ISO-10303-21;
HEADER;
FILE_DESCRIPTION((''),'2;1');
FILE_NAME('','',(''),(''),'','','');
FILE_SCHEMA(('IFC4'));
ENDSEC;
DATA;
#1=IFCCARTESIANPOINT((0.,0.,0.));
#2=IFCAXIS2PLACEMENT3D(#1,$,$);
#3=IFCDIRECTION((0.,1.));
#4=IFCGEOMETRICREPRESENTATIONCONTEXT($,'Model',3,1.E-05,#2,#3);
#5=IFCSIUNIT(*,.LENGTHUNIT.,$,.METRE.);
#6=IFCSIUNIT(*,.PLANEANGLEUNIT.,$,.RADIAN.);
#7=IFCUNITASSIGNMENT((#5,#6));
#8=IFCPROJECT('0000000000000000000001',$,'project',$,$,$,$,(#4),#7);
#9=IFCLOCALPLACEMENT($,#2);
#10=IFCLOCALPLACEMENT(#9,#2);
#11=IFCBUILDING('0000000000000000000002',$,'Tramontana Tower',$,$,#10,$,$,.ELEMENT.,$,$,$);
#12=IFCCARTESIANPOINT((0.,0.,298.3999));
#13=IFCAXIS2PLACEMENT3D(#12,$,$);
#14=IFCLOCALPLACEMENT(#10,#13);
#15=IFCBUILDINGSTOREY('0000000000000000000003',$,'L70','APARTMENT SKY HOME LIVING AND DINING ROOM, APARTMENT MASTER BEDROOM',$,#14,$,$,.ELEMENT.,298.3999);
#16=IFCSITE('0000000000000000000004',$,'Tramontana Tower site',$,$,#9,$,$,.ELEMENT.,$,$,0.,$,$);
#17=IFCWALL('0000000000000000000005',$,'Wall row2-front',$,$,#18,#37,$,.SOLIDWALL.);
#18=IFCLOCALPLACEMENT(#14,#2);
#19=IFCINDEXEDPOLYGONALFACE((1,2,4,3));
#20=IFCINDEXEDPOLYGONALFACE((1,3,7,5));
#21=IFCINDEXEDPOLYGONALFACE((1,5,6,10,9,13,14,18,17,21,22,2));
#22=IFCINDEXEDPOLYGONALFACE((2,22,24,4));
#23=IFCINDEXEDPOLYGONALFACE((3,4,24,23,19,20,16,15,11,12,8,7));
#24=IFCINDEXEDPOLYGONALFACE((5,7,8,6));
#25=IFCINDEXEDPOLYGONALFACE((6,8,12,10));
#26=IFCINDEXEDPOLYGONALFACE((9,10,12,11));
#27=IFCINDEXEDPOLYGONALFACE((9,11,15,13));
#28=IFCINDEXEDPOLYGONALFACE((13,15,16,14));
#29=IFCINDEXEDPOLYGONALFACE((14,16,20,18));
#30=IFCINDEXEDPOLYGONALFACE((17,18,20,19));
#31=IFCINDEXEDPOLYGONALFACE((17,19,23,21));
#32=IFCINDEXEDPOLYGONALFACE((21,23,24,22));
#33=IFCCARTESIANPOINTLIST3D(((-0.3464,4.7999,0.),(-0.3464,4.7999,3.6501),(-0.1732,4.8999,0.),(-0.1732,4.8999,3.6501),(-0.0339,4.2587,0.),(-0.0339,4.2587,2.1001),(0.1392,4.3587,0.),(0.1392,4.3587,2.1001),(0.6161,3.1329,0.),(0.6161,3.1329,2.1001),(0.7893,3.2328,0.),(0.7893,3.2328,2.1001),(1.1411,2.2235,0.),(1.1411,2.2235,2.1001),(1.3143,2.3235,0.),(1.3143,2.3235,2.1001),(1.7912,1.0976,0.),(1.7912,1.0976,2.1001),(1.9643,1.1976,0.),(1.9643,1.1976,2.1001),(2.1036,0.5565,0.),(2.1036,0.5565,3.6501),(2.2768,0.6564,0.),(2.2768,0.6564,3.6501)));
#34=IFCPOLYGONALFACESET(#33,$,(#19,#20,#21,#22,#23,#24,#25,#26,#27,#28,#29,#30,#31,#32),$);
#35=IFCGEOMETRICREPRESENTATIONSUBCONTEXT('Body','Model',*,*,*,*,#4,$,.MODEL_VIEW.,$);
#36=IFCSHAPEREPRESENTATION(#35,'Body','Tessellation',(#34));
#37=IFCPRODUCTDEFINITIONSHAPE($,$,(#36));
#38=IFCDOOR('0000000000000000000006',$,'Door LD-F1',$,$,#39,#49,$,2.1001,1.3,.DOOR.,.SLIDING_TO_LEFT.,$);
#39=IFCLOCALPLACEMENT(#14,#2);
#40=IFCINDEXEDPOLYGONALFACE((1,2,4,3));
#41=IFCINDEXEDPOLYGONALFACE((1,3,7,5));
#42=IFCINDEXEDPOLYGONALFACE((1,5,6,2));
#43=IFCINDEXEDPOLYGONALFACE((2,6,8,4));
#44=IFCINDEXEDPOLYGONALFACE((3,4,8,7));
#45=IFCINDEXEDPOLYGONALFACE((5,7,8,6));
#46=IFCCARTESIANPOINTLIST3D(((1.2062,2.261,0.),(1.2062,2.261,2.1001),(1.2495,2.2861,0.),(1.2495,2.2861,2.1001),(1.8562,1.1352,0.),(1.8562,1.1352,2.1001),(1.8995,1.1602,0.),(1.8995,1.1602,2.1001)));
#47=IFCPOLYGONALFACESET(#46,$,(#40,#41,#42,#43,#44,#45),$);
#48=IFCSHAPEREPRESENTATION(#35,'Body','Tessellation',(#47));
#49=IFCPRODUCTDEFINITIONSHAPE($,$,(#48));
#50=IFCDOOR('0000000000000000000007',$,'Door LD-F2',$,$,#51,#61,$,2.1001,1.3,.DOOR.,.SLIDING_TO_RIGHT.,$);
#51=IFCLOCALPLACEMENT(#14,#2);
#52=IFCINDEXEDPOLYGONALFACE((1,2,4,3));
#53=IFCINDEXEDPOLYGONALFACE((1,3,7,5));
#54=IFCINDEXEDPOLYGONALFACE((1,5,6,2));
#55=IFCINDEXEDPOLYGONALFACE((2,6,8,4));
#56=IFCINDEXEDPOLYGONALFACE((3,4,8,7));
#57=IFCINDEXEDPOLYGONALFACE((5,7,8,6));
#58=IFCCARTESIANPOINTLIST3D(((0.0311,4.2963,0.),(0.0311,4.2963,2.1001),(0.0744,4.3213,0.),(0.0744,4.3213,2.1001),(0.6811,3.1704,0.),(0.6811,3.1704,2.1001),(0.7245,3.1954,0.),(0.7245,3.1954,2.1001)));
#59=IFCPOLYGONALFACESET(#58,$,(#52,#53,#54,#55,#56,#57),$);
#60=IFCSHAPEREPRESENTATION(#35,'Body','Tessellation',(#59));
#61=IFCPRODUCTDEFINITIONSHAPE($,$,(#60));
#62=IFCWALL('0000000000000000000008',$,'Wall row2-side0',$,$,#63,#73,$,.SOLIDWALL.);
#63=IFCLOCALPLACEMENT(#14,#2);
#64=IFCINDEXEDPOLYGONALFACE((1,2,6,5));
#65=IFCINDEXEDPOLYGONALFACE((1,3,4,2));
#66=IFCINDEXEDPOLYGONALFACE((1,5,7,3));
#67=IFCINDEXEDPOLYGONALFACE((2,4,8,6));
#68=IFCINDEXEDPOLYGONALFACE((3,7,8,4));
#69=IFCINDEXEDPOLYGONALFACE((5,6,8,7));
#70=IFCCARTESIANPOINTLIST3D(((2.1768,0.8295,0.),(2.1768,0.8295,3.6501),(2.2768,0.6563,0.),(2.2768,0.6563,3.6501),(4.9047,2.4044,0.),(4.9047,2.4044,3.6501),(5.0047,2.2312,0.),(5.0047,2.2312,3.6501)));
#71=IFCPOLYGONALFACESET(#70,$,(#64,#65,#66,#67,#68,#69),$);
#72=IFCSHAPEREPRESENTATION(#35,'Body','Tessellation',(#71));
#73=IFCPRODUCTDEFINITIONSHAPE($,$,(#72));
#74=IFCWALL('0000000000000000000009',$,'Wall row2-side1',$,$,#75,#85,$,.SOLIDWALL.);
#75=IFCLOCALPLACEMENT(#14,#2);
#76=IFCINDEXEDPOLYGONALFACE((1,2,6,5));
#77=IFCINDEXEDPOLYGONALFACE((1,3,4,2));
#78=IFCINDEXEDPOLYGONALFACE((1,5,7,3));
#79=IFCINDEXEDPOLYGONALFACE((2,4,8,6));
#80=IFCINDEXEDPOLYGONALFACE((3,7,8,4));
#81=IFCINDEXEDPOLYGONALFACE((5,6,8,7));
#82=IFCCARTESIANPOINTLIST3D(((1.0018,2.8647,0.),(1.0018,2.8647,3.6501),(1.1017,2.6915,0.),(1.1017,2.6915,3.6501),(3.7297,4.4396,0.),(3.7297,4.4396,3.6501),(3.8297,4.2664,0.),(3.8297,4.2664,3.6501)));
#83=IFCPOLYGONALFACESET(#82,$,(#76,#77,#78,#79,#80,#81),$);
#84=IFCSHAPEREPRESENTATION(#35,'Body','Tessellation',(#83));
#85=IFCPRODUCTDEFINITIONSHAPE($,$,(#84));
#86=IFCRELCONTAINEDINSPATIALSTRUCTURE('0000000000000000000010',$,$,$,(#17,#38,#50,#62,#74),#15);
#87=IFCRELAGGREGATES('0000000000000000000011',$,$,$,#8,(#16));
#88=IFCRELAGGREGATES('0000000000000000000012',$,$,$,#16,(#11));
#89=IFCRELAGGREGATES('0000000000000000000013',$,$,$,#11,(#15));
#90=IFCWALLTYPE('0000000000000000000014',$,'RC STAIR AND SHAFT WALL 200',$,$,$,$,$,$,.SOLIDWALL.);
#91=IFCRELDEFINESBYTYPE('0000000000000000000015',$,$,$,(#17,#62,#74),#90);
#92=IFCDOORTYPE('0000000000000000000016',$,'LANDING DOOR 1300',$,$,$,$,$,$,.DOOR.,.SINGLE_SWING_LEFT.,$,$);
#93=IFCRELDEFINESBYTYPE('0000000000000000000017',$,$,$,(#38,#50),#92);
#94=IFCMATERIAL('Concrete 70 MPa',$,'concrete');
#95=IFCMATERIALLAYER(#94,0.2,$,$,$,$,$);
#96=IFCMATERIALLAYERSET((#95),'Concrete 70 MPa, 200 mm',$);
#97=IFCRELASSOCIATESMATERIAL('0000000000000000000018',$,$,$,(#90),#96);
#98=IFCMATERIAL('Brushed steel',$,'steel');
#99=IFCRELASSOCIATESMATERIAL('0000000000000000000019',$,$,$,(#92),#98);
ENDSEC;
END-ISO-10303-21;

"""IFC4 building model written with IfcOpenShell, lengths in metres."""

from ifc_helpers import new_model, si_unit, direction, frame, frame_2d, origin, place, context, subcontext, project, spatial, rectangle, extrude, material, layer, layer_set, type_object, element, fill, save


model = new_model("IFC4")

# Units and contexts
model_context = context("Model", 3, precision=1e-05, world=origin(), true_north=direction((0.0, 1.0)))
body_context = subcontext(model_context, "Body", "Model", "MODEL_VIEW")
ifc_project = project(units=[si_unit("LENGTHUNIT", "METRE"), si_unit("PLANEANGLEUNIT", "RADIAN")], contexts=[model_context])

# Site, building, storey
site_placement = place(None, origin())
site = spatial("IfcSite", under=ifc_project, at=site_placement, Name="Tramontana Tower site", CompositionType="ELEMENT", RefElevation=0.0)
building_placement = place(site_placement, origin())
building = spatial("IfcBuilding", under=site, at=building_placement, Name="Tramontana Tower", CompositionType="ELEMENT")
storey_placement = place(building_placement, frame((0.0, 0.0, 298.3999)))
storey = spatial("IfcBuildingStorey", under=building, at=storey_placement, Name="L70", Description="APARTMENT SKY HOME LIVING AND DINING ROOM, APARTMENT MASTER BEDROOM", CompositionType="ELEMENT", Elevation=298.3999)

# Shared definitions
ifc_material_1 = material(Name="Concrete 70 MPa", Category="concrete")
ifc_layer_1 = layer(ifc_material_1, 0.2)
ifc_layer_set_1 = layer_set([ifc_layer_1], Name="Concrete 70 MPa, 200 mm")
wall_type_1 = type_object("IfcWallType", Name="RC STAIR AND SHAFT WALL 200", PredefinedType="SOLIDWALL", material=ifc_layer_set_1)

# Wall, openings, doors
wall_1_placement = place(storey_placement, frame((2.1902, 0.6064, 0.0), z_axis=(0.0, 0.0, 1.0), x_axis=(-0.500003, 0.866024, 0.0)))
wall_1 = element("IfcWall", 1, at=wall_1_placement, inside=storey, type_object=wall_type_1, Name="Wall row2-front", PredefinedType="SOLIDWALL", context=body_context, shape_type="SweptSolid", body=[
    extrude(rectangle(XDim=4.8999, YDim=0.2, at=frame_2d((2.45, 0.0))), origin(), (0.0, 0.0, 1.0), 3.6501),
])
opening_1_placement = place(wall_1_placement, frame((0.625, 0.0, 0.0)))
opening_1 = element("IfcOpeningElement", 2, at=opening_1_placement, cuts=wall_1, PredefinedType="OPENING", context=body_context, shape_type="SweptSolid", body=[
    extrude(rectangle(XDim=1.3, YDim=2.1001, at=frame_2d((0.6499, 1.05))), frame((0.0, 0.1099, 0.0), z_axis=(0.0, -1.0, 0.0), x_axis=(1.0, 0.0, 0.0)), (0.0, 0.0, 1.0), 0.22),
])
opening_2_placement = place(wall_1_placement, frame((2.9751, 0.0, 0.0)))
opening_2 = element("IfcOpeningElement", 3, at=opening_2_placement, cuts=wall_1, PredefinedType="OPENING", context=body_context, shape_type="SweptSolid", body=[
    extrude(rectangle(XDim=1.3, YDim=2.1001, at=frame_2d((0.6499, 1.05))), frame((0.0, 0.1099, 0.0), z_axis=(0.0, -1.0, 0.0), x_axis=(1.0, 0.0, 0.0)), (0.0, 0.0, 1.0), 0.22),
])
ifc_material_2 = material(Name="Brushed steel", Category="steel")
door_type_1 = type_object("IfcDoorType", Name="LANDING DOOR 1300", OperationType="SINGLE_SWING_LEFT", PredefinedType="DOOR", material=ifc_material_2)
door_1_placement = place(opening_1_placement, origin())
door_1 = element("IfcDoor", 4, at=door_1_placement, inside=storey, type_object=door_type_1, Name="Door LD-F1", OperationType="SLIDING_TO_LEFT", OverallHeight=2.1001, OverallWidth=1.3, PredefinedType="DOOR", context=body_context, shape_type="SweptSolid", body=[
    extrude(rectangle(XDim=1.3, YDim=2.1001, at=frame_2d((0.6499, 1.05))), frame((0.0, 0.0249, 0.0), z_axis=(0.0, -1.0, 0.0), x_axis=(1.0, 0.0, 0.0)), (0.0, 0.0, 1.0), 0.05),
])
fill(opening_1, door_1)
door_2_placement = place(opening_2_placement, origin())
door_2 = element("IfcDoor", 5, at=door_2_placement, inside=storey, type_object=door_type_1, Name="Door LD-F2", OperationType="SLIDING_TO_RIGHT", OverallHeight=2.1001, OverallWidth=1.3, PredefinedType="DOOR", context=body_context, shape_type="SweptSolid", body=[
    extrude(rectangle(XDim=1.3, YDim=2.1001, at=frame_2d((0.6499, 1.05))), frame((0.0, 0.0249, 0.0), z_axis=(0.0, -1.0, 0.0), x_axis=(1.0, 0.0, 0.0)), (0.0, 0.0, 1.0), 0.05),
])
fill(opening_2, door_2)

# Walls
for number, where, z_axis, x_axis, name in (
    (6, (2.2268, 0.7429, 0.0), (0.0, 0.0, 1.0), (0.866036, 0.499982, 0.0), "Wall row2-side0"),
    (7, (1.0518, 2.7781, 0.0), (0.0, 0.0, 1.0), (0.866036, 0.499982, 0.0), "Wall row2-side1"),
):
    element("IfcWall", number, at=place(storey_placement, frame(where, z_axis=z_axis, x_axis=x_axis)), inside=storey, type_object=wall_type_1, Name=name, PredefinedType="SOLIDWALL", context=body_context, shape_type="SweptSolid", body=[
        extrude(rectangle(XDim=3.1499, YDim=0.2, at=frame_2d((1.575, 0.0))), origin(), (0.0, 0.0, 1.0), 3.6501),
    ])

save(model, "model.ifc")
